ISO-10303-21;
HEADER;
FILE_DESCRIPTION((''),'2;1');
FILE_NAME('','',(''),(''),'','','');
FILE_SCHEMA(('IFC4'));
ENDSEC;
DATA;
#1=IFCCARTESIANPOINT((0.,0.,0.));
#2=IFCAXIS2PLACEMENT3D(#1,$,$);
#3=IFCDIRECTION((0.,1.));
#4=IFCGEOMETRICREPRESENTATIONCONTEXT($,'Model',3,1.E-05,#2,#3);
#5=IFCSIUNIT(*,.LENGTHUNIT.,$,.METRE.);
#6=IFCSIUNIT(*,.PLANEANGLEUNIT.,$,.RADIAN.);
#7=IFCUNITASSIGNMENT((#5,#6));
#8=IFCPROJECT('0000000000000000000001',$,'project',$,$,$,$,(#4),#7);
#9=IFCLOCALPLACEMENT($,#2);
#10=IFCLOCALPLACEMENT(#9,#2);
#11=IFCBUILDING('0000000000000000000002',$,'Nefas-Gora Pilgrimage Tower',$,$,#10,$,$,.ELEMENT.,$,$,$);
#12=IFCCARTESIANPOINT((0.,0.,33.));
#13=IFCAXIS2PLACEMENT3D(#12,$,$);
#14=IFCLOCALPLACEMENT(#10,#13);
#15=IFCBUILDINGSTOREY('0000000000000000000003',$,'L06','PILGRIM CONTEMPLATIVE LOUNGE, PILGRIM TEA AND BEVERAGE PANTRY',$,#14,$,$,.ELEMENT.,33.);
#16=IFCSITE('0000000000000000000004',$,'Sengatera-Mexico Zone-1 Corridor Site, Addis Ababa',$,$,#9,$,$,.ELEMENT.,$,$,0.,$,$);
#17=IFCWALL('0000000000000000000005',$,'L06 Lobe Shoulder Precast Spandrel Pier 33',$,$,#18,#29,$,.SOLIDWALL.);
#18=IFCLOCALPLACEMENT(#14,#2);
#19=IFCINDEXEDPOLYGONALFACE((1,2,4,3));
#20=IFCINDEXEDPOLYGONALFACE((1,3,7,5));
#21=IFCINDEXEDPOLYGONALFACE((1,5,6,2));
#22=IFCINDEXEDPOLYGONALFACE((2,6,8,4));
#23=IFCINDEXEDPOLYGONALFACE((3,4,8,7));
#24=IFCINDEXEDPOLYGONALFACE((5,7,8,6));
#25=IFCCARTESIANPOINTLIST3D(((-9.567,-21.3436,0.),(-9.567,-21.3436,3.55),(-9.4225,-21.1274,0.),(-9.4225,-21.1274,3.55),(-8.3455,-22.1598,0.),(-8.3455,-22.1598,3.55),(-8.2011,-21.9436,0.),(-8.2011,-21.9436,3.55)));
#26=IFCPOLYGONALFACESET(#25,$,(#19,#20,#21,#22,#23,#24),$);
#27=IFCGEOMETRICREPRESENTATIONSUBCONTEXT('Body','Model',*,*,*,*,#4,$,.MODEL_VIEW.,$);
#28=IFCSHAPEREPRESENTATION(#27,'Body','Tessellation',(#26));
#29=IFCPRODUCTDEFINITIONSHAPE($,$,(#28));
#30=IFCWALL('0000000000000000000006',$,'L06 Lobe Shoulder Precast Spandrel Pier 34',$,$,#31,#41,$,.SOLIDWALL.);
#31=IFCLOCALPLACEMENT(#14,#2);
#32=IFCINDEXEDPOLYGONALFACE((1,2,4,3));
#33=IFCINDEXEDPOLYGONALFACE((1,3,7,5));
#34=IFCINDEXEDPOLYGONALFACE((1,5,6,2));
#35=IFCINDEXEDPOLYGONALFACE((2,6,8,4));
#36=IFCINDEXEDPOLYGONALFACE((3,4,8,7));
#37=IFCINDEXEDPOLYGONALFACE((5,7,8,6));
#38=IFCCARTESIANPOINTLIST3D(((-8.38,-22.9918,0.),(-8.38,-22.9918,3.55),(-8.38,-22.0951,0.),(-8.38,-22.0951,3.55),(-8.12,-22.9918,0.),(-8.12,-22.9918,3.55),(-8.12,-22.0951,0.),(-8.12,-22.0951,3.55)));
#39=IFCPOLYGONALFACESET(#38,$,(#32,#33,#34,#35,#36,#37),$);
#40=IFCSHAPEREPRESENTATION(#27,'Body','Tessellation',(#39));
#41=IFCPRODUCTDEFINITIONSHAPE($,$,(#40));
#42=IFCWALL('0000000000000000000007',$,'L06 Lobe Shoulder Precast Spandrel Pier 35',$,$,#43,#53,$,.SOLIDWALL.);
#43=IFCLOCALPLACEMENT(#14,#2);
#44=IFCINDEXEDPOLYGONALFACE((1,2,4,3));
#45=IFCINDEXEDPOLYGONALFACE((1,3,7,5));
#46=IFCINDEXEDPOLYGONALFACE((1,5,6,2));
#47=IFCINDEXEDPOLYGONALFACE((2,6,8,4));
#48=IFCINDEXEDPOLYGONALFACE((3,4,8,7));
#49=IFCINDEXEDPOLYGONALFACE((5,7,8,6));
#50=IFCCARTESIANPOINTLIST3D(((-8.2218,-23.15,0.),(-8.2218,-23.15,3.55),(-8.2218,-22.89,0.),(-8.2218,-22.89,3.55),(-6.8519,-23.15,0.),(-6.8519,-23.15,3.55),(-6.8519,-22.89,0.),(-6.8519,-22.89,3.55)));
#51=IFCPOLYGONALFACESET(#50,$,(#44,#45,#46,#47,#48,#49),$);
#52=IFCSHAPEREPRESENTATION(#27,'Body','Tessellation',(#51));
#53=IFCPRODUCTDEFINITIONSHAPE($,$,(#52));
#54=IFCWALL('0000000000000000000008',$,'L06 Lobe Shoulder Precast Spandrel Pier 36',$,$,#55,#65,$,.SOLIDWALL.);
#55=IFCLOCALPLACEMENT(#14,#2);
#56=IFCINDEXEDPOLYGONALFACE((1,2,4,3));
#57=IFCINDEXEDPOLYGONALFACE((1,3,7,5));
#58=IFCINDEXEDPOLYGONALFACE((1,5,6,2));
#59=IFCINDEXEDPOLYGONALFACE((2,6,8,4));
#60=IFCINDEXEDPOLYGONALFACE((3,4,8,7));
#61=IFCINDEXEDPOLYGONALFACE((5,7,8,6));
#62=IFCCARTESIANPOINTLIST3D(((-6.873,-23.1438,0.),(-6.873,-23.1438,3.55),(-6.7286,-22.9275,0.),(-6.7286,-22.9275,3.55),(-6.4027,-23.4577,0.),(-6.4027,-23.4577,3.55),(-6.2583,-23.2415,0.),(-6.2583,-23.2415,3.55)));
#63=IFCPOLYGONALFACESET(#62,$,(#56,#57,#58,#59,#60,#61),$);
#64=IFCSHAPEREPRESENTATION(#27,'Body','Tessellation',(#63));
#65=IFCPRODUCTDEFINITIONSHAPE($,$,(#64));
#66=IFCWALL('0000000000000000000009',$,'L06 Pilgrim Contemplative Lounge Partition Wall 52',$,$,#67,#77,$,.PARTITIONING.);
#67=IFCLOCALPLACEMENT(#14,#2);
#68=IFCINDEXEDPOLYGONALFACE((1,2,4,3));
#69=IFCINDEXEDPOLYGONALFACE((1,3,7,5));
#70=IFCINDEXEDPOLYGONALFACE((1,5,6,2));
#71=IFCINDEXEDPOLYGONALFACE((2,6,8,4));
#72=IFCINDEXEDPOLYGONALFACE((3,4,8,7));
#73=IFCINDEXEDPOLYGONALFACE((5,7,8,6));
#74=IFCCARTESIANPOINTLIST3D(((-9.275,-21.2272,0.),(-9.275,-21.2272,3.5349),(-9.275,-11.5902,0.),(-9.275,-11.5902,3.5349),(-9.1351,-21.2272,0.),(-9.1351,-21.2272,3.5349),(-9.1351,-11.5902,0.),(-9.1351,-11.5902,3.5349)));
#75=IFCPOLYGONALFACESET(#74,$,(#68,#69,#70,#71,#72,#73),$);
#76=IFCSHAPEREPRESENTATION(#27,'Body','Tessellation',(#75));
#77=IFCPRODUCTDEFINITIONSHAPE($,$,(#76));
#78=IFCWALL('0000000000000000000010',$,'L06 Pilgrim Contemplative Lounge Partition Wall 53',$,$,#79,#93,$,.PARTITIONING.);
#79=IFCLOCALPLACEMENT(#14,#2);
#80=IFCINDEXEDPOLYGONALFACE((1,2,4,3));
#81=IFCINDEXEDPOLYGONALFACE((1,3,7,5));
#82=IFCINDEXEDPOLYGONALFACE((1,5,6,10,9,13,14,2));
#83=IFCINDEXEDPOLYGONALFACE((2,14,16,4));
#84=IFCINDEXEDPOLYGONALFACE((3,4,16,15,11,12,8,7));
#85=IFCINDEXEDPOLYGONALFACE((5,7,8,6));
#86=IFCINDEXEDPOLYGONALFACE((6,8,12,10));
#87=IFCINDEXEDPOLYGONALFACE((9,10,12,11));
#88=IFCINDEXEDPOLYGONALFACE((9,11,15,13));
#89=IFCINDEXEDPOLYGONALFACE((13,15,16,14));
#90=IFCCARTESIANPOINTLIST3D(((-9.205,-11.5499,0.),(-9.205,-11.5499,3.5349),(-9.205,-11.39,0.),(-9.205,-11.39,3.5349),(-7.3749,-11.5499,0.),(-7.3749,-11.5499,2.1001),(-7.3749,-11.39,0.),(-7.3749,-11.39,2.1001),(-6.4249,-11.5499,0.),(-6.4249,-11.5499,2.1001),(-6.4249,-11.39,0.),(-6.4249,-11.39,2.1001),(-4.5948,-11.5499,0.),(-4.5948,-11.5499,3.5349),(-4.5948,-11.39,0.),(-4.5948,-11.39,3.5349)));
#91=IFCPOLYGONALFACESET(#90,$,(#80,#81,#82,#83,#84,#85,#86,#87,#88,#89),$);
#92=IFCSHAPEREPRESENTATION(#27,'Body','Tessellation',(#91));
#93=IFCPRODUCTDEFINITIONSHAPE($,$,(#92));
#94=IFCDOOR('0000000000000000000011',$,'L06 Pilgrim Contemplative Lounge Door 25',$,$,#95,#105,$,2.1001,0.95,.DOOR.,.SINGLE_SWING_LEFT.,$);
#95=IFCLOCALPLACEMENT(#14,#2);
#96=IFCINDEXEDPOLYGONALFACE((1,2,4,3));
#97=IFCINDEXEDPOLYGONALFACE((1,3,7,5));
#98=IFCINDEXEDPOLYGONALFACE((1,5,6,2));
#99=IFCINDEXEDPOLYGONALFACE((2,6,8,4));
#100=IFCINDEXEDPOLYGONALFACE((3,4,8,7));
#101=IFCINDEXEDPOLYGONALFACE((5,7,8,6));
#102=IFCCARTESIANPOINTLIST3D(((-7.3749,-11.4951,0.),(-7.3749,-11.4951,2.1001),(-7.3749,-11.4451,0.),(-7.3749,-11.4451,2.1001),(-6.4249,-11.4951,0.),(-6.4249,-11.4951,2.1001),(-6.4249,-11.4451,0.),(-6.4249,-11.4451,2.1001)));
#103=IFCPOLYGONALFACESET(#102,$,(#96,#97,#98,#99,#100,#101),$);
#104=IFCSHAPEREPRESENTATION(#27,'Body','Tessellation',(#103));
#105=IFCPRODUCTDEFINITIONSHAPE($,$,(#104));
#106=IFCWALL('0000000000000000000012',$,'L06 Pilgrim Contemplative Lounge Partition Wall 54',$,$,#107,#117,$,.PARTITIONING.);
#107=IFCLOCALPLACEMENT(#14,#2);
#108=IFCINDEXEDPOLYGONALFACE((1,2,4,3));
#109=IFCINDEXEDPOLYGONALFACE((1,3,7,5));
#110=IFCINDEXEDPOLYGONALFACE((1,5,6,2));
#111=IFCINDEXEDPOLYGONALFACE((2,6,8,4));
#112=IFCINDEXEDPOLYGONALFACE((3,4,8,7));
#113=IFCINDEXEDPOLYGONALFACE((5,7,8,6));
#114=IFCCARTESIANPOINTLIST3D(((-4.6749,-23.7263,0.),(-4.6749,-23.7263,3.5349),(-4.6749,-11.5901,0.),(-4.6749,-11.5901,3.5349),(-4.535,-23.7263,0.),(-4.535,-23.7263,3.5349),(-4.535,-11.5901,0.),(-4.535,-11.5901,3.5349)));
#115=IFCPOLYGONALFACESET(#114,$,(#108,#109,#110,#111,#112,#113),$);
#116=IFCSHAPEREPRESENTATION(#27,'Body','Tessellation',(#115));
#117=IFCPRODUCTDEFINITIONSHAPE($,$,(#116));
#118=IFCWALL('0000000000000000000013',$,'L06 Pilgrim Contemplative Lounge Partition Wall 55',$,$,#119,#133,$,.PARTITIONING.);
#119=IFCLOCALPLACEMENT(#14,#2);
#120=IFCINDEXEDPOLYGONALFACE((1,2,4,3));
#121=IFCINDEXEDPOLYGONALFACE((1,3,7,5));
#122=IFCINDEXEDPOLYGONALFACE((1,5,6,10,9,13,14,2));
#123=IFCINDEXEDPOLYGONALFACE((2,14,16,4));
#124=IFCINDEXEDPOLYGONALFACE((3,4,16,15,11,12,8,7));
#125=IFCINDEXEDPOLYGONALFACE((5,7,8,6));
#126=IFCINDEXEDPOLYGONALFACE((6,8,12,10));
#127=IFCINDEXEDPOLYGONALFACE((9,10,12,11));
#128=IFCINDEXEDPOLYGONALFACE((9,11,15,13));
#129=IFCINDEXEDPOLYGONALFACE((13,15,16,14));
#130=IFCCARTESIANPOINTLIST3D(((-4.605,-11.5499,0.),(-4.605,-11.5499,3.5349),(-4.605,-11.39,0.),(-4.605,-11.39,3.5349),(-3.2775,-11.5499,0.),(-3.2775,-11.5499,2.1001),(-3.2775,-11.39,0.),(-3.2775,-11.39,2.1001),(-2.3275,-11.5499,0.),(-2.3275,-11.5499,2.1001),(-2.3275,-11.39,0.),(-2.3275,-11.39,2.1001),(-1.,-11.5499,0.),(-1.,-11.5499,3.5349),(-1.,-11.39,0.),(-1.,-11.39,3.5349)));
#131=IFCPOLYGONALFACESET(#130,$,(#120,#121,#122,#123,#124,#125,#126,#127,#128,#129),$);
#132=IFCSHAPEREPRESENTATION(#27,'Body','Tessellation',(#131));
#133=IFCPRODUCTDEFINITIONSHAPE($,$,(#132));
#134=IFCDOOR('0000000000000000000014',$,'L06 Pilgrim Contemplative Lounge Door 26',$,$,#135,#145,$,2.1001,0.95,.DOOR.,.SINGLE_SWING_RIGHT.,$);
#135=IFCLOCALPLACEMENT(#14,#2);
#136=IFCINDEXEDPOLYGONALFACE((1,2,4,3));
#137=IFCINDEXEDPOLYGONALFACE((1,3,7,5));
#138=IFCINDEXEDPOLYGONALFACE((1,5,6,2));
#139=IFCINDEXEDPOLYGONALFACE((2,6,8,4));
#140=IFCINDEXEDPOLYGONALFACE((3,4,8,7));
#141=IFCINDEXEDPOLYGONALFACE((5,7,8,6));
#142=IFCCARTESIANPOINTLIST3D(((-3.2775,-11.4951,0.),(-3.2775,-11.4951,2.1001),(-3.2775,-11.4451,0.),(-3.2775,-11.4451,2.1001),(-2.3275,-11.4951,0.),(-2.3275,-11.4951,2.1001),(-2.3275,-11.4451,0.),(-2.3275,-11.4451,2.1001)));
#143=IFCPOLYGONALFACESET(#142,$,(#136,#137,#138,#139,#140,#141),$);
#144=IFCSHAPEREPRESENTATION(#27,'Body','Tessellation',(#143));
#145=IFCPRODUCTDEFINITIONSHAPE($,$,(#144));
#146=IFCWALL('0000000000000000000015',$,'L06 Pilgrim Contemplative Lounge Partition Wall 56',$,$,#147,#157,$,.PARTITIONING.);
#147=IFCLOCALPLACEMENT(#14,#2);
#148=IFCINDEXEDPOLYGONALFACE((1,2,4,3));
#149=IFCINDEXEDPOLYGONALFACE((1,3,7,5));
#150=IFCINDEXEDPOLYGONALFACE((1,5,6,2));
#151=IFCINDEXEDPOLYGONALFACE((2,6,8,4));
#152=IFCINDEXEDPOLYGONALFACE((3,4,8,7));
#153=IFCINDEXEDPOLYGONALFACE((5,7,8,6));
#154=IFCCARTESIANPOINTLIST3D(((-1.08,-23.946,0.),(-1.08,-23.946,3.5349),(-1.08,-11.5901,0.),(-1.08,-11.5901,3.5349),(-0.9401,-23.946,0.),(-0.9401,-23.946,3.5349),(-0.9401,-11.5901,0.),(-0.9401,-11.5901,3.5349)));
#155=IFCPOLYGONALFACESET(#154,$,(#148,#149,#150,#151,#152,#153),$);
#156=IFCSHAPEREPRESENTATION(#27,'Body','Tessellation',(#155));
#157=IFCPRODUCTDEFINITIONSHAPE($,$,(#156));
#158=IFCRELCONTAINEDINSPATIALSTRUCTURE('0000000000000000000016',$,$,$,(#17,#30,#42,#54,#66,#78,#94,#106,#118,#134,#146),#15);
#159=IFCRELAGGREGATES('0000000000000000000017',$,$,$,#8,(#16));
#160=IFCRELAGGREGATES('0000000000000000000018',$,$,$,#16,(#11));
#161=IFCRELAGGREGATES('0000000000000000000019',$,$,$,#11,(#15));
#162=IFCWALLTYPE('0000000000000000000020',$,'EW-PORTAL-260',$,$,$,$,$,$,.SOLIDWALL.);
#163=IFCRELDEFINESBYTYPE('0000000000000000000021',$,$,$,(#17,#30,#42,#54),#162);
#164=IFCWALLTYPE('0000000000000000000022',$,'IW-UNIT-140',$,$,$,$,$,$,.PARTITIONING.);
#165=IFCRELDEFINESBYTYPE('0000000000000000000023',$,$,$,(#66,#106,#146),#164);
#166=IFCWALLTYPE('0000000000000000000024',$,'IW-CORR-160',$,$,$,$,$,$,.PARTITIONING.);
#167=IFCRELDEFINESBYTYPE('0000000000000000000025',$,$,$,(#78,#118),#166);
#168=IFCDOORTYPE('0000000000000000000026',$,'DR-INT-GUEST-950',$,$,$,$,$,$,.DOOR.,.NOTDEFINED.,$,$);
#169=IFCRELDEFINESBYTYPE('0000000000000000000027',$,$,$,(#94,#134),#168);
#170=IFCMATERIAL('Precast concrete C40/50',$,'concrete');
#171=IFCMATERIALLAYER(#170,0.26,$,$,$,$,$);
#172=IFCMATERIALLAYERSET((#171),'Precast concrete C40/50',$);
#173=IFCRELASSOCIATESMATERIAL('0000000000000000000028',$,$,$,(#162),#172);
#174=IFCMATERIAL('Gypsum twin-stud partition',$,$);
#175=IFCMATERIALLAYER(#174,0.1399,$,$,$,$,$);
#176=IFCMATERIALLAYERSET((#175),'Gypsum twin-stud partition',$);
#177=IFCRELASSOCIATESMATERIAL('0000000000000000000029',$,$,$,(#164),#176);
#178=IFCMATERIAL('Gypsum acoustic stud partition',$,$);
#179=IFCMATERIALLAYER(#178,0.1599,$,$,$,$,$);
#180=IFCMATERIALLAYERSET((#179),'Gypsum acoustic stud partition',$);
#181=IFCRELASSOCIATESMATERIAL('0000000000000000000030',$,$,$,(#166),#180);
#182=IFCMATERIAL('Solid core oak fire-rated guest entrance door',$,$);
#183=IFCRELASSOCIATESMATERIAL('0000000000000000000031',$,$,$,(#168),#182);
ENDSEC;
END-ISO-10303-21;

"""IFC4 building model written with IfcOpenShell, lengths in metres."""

from ifc_helpers import new_model, si_unit, direction, frame, frame_2d, origin, place, context, subcontext, project, spatial, rectangle, extrude, source, transform, mapped, material, layer, layer_set, type_object, element, fill, save


model = new_model("IFC4")

# Units and contexts
model_context = context("Model", 3, precision=1e-05, world=origin(), true_north=direction((0.0, 1.0)))
body_context = subcontext(model_context, "Body", "Model", "MODEL_VIEW")
ifc_project = project(units=[si_unit("LENGTHUNIT", "METRE"), si_unit("PLANEANGLEUNIT", "RADIAN")], contexts=[model_context])

# Site, building, storey
site_placement = place(None, origin())
site = spatial("IfcSite", under=ifc_project, at=site_placement, Name="Sengatera-Mexico Zone-1 Corridor Site, Addis Ababa", CompositionType="ELEMENT", RefElevation=0.0)
building_placement = place(site_placement, origin())
building = spatial("IfcBuilding", under=site, at=building_placement, Name="Nefas-Gora Pilgrimage Tower", CompositionType="ELEMENT")
storey_placement = place(building_placement, frame((0.0, 0.0, 33.0)))
storey = spatial("IfcBuildingStorey", under=building, at=storey_placement, Name="L06", Description="PILGRIM CONTEMPLATIVE LOUNGE, PILGRIM TEA AND BEVERAGE PANTRY", CompositionType="ELEMENT", Elevation=33.0)

# Walls
ifc_material_1 = material(Name="Precast concrete C40/50", Category="concrete")
ifc_layer_1 = layer(ifc_material_1, 0.26)
ifc_layer_set_1 = layer_set([ifc_layer_1], Name="Precast concrete C40/50")
wall_type_1 = type_object("IfcWallType", Name="EW-PORTAL-260", PredefinedType="SOLIDWALL", material=ifc_layer_set_1)
shared_shape_1 = source(origin(), body_context, "Body", "SweptSolid", [
    extrude(rectangle(XDim=1.469, YDim=0.26, at=frame_2d((0.7344, 0.0))), origin(), (0.0, 0.0, 1.0), 3.55),
])
wall_1_placement = place(storey_placement, frame((-9.4946, -21.2356, 0.0), z_axis=(0.0, 0.0, 1.0), x_axis=(0.831462, -0.555582, 0.0)))
element("IfcWall", 1, at=wall_1_placement, inside=storey, type_object=wall_type_1, Name="L06 Lobe Shoulder Precast Spandrel Pier 33", PredefinedType="SOLIDWALL", context=body_context, shape_type="MappedRepresentation", body=[
    mapped(shared_shape_1, transform((0.0, 0.0, 0.0), x_axis=(1.0, 0.0, 0.0), y_axis=(0.0, 1.0, 0.0), z_axis=(0.0, 0.0, 1.0), scale=1.0)),
])
shared_shape_2 = source(origin(), body_context, "Body", "SweptSolid", [
    extrude(rectangle(XDim=0.8967, YDim=0.26, at=frame_2d((0.4482, 0.0))), origin(), (0.0, 0.0, 1.0), 3.55),
])
wall_2_placement = place(storey_placement, frame((-8.25, -22.0952, 0.0), z_axis=(0.0, 0.0, 1.0), x_axis=(0.0, -1.0, 0.0)))
element("IfcWall", 2, at=wall_2_placement, inside=storey, type_object=wall_type_1, Name="L06 Lobe Shoulder Precast Spandrel Pier 34", PredefinedType="SOLIDWALL", context=body_context, shape_type="MappedRepresentation", body=[
    mapped(shared_shape_2, transform((0.0, 0.0, 0.0), x_axis=(1.0, 0.0, 0.0), y_axis=(0.0, 1.0, 0.0), z_axis=(0.0, 0.0, 1.0), scale=1.0)),
])
shared_shape_3 = source(origin(), body_context, "Body", "SweptSolid", [
    extrude(rectangle(XDim=1.3699, YDim=0.26, at=frame_2d((0.6851, 0.0))), origin(), (0.0, 0.0, 1.0), 3.55),
])
wall_3_placement = place(storey_placement, frame((-8.2219, -23.02, 0.0), z_axis=(0.0, 0.0, 1.0), x_axis=(1.0, 0.0, 0.0)))
element("IfcWall", 3, at=wall_3_placement, inside=storey, type_object=wall_type_1, Name="L06 Lobe Shoulder Precast Spandrel Pier 35", PredefinedType="SOLIDWALL", context=body_context, shape_type="MappedRepresentation", body=[
    mapped(shared_shape_3, transform((0.0, 0.0, 0.0), x_axis=(1.0, 0.0, 0.0), y_axis=(0.0, 1.0, 0.0), z_axis=(0.0, 0.0, 1.0), scale=1.0)),
])
shared_shape_4 = source(origin(), body_context, "Body", "SweptSolid", [
    extrude(rectangle(XDim=0.5654, YDim=0.26, at=frame_2d((0.2827, 0.0))), origin(), (0.0, 0.0, 1.0), 3.55),
])
wall_4_placement = place(storey_placement, frame((-6.8008, -23.0356, 0.0), z_axis=(0.0, 0.0, 1.0), x_axis=(0.831651, -0.555298, 0.0)))
element("IfcWall", 4, at=wall_4_placement, inside=storey, type_object=wall_type_1, Name="L06 Lobe Shoulder Precast Spandrel Pier 36", PredefinedType="SOLIDWALL", context=body_context, shape_type="MappedRepresentation", body=[
    mapped(shared_shape_4, transform((0.0, 0.0, 0.0), x_axis=(1.0, 0.0, 0.0), y_axis=(0.0, 1.0, 0.0), z_axis=(0.0, 0.0, 1.0), scale=1.0)),
])
ifc_material_2 = material(Name="Gypsum twin-stud partition")
ifc_layer_2 = layer(ifc_material_2, 0.1399)
ifc_layer_set_2 = layer_set([ifc_layer_2], Name="Gypsum twin-stud partition")
wall_type_2 = type_object("IfcWallType", Name="IW-UNIT-140", PredefinedType="PARTITIONING", material=ifc_layer_set_2)
shared_shape_5 = source(origin(), body_context, "Body", "SweptSolid", [
    extrude(rectangle(XDim=9.637, YDim=0.1399, at=frame_2d((4.8184, 0.0))), origin(), (0.0, 0.0, 1.0), 3.5349),
])
wall_5_placement = place(storey_placement, frame((-9.2051, -21.2271, 0.0), z_axis=(0.0, 0.0, 1.0), x_axis=(0.0, 1.0, 0.0)))
element("IfcWall", 5, at=wall_5_placement, inside=storey, type_object=wall_type_2, Name="L06 Pilgrim Contemplative Lounge Partition Wall 52", PredefinedType="PARTITIONING", context=body_context, shape_type="MappedRepresentation", body=[
    mapped(shared_shape_5, transform((0.0, 0.0, 0.0), x_axis=(1.0, 0.0, 0.0), y_axis=(0.0, 1.0, 0.0), z_axis=(0.0, 0.0, 1.0), scale=1.0)),
])

# Wall, opening, door
ifc_material_3 = material(Name="Gypsum acoustic stud partition")
ifc_layer_3 = layer(ifc_material_3, 0.1599)
ifc_layer_set_3 = layer_set([ifc_layer_3], Name="Gypsum acoustic stud partition")
wall_type_3 = type_object("IfcWallType", Name="IW-CORR-160", PredefinedType="PARTITIONING", material=ifc_layer_set_3)
shared_shape_6 = source(origin(), body_context, "Body", "SweptSolid", [
    extrude(rectangle(XDim=4.6101, YDim=0.1599, at=frame_2d((2.3052, 0.0))), origin(), (0.0, 0.0, 1.0), 3.5349),
])
wall_6_placement = place(storey_placement, frame((-9.2051, -11.47, 0.0), z_axis=(0.0, 0.0, 1.0), x_axis=(1.0, 0.0, 0.0)))
wall_6 = element("IfcWall", 6, at=wall_6_placement, inside=storey, type_object=wall_type_3, Name="L06 Pilgrim Contemplative Lounge Partition Wall 53", PredefinedType="PARTITIONING", context=body_context, shape_type="MappedRepresentation", body=[
    mapped(shared_shape_6, transform((0.0, 0.0, 0.0), x_axis=(1.0, 0.0, 0.0), y_axis=(0.0, 1.0, 0.0), z_axis=(0.0, 0.0, 1.0), scale=1.0)),
])
opening_1_placement = place(wall_6_placement, frame((1.8301, 0.0, 0.0)))
opening_1 = element("IfcOpeningElement", 7, at=opening_1_placement, cuts=wall_6, PredefinedType="OPENING", context=body_context, shape_type="SweptSolid", body=[
    extrude(rectangle(XDim=0.95, YDim=2.1001, at=frame_2d((0.4751, 1.05))), frame((0.0, 0.0898, 0.0), z_axis=(0.0, -1.0, 0.0), x_axis=(1.0, 0.0, 0.0)), (0.0, 0.0, 1.0), 0.1799),
])
ifc_material_4 = material(Name="Solid core oak fire-rated guest entrance door")
door_type = type_object("IfcDoorType", Name="DR-INT-GUEST-950", OperationType="NOTDEFINED", PredefinedType="DOOR", material=ifc_material_4)
shared_shape_7 = source(origin(), body_context, "Body", "SweptSolid", [
    extrude(rectangle(XDim=0.95, YDim=2.1001, at=frame_2d((0.4751, 1.05))), frame((0.0, 0.0249, 0.0), z_axis=(0.0, -1.0, 0.0), x_axis=(1.0, 0.0, 0.0)), (0.0, 0.0, 1.0), 0.05),
])
door_1_placement = place(opening_1_placement, origin())
door_1 = element("IfcDoor", 8, at=door_1_placement, inside=storey, type_object=door_type, Name="L06 Pilgrim Contemplative Lounge Door 25", OperationType="SINGLE_SWING_LEFT", OverallHeight=2.1001, OverallWidth=0.95, PredefinedType="DOOR", context=body_context, shape_type="MappedRepresentation", body=[
    mapped(shared_shape_7, transform((0.0, 0.0, 0.0), x_axis=(1.0, 0.0, 0.0), y_axis=(0.0, 1.0, 0.0), z_axis=(0.0, 0.0, 1.0), scale=1.0)),
])
fill(opening_1, door_1)

# Wall
shared_shape_8 = source(origin(), body_context, "Body", "SweptSolid", [
    extrude(rectangle(XDim=12.1362, YDim=0.1399, at=frame_2d((6.0681, 0.0))), origin(), (0.0, 0.0, 1.0), 3.5349),
])
wall_7_placement = place(storey_placement, frame((-4.605, -23.7263, 0.0), z_axis=(0.0, 0.0, 1.0), x_axis=(0.0, 1.0, 0.0)))
element("IfcWall", 9, at=wall_7_placement, inside=storey, type_object=wall_type_2, Name="L06 Pilgrim Contemplative Lounge Partition Wall 54", PredefinedType="PARTITIONING", context=body_context, shape_type="MappedRepresentation", body=[
    mapped(shared_shape_8, transform((0.0, 0.0, 0.0), x_axis=(1.0, 0.0, 0.0), y_axis=(0.0, 1.0, 0.0), z_axis=(0.0, 0.0, 1.0), scale=1.0)),
])

# Wall, opening, door
shared_shape_9 = source(origin(), body_context, "Body", "SweptSolid", [
    extrude(rectangle(XDim=3.605, YDim=0.1599, at=frame_2d((1.8025, 0.0))), origin(), (0.0, 0.0, 1.0), 3.5349),
])
wall_8_placement = place(storey_placement, frame((-4.605, -11.47, 0.0), z_axis=(0.0, 0.0, 1.0), x_axis=(1.0, 0.0, 0.0)))
wall_8 = element("IfcWall", 10, at=wall_8_placement, inside=storey, type_object=wall_type_3, Name="L06 Pilgrim Contemplative Lounge Partition Wall 55", PredefinedType="PARTITIONING", context=body_context, shape_type="MappedRepresentation", body=[
    mapped(shared_shape_9, transform((0.0, 0.0, 0.0), x_axis=(1.0, 0.0, 0.0), y_axis=(0.0, 1.0, 0.0), z_axis=(0.0, 0.0, 1.0), scale=1.0)),
])
opening_2_placement = place(wall_8_placement, frame((1.3274, 0.0, 0.0)))
opening_2 = element("IfcOpeningElement", 11, at=opening_2_placement, cuts=wall_8, PredefinedType="OPENING", context=body_context, shape_type="SweptSolid", body=[
    extrude(rectangle(XDim=0.95, YDim=2.1001, at=frame_2d((0.4751, 1.05))), frame((0.0, 0.0898, 0.0), z_axis=(0.0, -1.0, 0.0), x_axis=(1.0, 0.0, 0.0)), (0.0, 0.0, 1.0), 0.1799),
])
door_2_placement = place(opening_2_placement, origin())
door_2 = element("IfcDoor", 12, at=door_2_placement, inside=storey, type_object=door_type, Name="L06 Pilgrim Contemplative Lounge Door 26", OperationType="SINGLE_SWING_RIGHT", OverallHeight=2.1001, OverallWidth=0.95, PredefinedType="DOOR", context=body_context, shape_type="MappedRepresentation", body=[
    mapped(shared_shape_7, transform((0.0, 0.0, 0.0), x_axis=(1.0, 0.0, 0.0), y_axis=(0.0, 1.0, 0.0), z_axis=(0.0, 0.0, 1.0), scale=1.0)),
])
fill(opening_2, door_2)

# Wall
shared_shape_10 = source(origin(), body_context, "Body", "SweptSolid", [
    extrude(rectangle(XDim=12.356, YDim=0.1399, at=frame_2d((6.178, 0.0))), origin(), (0.0, 0.0, 1.0), 3.5349),
])
wall_9_placement = place(storey_placement, frame((-1.01, -23.946, 0.0), z_axis=(0.0, 0.0, 1.0), x_axis=(0.0, 1.0, 0.0)))
element("IfcWall", 13, at=wall_9_placement, inside=storey, type_object=wall_type_2, Name="L06 Pilgrim Contemplative Lounge Partition Wall 56", PredefinedType="PARTITIONING", context=body_context, shape_type="MappedRepresentation", body=[
    mapped(shared_shape_10, transform((0.0, 0.0, 0.0), x_axis=(1.0, 0.0, 0.0), y_axis=(0.0, 1.0, 0.0), z_axis=(0.0, 0.0, 1.0), scale=1.0)),
])

save(model, "model.ifc")
